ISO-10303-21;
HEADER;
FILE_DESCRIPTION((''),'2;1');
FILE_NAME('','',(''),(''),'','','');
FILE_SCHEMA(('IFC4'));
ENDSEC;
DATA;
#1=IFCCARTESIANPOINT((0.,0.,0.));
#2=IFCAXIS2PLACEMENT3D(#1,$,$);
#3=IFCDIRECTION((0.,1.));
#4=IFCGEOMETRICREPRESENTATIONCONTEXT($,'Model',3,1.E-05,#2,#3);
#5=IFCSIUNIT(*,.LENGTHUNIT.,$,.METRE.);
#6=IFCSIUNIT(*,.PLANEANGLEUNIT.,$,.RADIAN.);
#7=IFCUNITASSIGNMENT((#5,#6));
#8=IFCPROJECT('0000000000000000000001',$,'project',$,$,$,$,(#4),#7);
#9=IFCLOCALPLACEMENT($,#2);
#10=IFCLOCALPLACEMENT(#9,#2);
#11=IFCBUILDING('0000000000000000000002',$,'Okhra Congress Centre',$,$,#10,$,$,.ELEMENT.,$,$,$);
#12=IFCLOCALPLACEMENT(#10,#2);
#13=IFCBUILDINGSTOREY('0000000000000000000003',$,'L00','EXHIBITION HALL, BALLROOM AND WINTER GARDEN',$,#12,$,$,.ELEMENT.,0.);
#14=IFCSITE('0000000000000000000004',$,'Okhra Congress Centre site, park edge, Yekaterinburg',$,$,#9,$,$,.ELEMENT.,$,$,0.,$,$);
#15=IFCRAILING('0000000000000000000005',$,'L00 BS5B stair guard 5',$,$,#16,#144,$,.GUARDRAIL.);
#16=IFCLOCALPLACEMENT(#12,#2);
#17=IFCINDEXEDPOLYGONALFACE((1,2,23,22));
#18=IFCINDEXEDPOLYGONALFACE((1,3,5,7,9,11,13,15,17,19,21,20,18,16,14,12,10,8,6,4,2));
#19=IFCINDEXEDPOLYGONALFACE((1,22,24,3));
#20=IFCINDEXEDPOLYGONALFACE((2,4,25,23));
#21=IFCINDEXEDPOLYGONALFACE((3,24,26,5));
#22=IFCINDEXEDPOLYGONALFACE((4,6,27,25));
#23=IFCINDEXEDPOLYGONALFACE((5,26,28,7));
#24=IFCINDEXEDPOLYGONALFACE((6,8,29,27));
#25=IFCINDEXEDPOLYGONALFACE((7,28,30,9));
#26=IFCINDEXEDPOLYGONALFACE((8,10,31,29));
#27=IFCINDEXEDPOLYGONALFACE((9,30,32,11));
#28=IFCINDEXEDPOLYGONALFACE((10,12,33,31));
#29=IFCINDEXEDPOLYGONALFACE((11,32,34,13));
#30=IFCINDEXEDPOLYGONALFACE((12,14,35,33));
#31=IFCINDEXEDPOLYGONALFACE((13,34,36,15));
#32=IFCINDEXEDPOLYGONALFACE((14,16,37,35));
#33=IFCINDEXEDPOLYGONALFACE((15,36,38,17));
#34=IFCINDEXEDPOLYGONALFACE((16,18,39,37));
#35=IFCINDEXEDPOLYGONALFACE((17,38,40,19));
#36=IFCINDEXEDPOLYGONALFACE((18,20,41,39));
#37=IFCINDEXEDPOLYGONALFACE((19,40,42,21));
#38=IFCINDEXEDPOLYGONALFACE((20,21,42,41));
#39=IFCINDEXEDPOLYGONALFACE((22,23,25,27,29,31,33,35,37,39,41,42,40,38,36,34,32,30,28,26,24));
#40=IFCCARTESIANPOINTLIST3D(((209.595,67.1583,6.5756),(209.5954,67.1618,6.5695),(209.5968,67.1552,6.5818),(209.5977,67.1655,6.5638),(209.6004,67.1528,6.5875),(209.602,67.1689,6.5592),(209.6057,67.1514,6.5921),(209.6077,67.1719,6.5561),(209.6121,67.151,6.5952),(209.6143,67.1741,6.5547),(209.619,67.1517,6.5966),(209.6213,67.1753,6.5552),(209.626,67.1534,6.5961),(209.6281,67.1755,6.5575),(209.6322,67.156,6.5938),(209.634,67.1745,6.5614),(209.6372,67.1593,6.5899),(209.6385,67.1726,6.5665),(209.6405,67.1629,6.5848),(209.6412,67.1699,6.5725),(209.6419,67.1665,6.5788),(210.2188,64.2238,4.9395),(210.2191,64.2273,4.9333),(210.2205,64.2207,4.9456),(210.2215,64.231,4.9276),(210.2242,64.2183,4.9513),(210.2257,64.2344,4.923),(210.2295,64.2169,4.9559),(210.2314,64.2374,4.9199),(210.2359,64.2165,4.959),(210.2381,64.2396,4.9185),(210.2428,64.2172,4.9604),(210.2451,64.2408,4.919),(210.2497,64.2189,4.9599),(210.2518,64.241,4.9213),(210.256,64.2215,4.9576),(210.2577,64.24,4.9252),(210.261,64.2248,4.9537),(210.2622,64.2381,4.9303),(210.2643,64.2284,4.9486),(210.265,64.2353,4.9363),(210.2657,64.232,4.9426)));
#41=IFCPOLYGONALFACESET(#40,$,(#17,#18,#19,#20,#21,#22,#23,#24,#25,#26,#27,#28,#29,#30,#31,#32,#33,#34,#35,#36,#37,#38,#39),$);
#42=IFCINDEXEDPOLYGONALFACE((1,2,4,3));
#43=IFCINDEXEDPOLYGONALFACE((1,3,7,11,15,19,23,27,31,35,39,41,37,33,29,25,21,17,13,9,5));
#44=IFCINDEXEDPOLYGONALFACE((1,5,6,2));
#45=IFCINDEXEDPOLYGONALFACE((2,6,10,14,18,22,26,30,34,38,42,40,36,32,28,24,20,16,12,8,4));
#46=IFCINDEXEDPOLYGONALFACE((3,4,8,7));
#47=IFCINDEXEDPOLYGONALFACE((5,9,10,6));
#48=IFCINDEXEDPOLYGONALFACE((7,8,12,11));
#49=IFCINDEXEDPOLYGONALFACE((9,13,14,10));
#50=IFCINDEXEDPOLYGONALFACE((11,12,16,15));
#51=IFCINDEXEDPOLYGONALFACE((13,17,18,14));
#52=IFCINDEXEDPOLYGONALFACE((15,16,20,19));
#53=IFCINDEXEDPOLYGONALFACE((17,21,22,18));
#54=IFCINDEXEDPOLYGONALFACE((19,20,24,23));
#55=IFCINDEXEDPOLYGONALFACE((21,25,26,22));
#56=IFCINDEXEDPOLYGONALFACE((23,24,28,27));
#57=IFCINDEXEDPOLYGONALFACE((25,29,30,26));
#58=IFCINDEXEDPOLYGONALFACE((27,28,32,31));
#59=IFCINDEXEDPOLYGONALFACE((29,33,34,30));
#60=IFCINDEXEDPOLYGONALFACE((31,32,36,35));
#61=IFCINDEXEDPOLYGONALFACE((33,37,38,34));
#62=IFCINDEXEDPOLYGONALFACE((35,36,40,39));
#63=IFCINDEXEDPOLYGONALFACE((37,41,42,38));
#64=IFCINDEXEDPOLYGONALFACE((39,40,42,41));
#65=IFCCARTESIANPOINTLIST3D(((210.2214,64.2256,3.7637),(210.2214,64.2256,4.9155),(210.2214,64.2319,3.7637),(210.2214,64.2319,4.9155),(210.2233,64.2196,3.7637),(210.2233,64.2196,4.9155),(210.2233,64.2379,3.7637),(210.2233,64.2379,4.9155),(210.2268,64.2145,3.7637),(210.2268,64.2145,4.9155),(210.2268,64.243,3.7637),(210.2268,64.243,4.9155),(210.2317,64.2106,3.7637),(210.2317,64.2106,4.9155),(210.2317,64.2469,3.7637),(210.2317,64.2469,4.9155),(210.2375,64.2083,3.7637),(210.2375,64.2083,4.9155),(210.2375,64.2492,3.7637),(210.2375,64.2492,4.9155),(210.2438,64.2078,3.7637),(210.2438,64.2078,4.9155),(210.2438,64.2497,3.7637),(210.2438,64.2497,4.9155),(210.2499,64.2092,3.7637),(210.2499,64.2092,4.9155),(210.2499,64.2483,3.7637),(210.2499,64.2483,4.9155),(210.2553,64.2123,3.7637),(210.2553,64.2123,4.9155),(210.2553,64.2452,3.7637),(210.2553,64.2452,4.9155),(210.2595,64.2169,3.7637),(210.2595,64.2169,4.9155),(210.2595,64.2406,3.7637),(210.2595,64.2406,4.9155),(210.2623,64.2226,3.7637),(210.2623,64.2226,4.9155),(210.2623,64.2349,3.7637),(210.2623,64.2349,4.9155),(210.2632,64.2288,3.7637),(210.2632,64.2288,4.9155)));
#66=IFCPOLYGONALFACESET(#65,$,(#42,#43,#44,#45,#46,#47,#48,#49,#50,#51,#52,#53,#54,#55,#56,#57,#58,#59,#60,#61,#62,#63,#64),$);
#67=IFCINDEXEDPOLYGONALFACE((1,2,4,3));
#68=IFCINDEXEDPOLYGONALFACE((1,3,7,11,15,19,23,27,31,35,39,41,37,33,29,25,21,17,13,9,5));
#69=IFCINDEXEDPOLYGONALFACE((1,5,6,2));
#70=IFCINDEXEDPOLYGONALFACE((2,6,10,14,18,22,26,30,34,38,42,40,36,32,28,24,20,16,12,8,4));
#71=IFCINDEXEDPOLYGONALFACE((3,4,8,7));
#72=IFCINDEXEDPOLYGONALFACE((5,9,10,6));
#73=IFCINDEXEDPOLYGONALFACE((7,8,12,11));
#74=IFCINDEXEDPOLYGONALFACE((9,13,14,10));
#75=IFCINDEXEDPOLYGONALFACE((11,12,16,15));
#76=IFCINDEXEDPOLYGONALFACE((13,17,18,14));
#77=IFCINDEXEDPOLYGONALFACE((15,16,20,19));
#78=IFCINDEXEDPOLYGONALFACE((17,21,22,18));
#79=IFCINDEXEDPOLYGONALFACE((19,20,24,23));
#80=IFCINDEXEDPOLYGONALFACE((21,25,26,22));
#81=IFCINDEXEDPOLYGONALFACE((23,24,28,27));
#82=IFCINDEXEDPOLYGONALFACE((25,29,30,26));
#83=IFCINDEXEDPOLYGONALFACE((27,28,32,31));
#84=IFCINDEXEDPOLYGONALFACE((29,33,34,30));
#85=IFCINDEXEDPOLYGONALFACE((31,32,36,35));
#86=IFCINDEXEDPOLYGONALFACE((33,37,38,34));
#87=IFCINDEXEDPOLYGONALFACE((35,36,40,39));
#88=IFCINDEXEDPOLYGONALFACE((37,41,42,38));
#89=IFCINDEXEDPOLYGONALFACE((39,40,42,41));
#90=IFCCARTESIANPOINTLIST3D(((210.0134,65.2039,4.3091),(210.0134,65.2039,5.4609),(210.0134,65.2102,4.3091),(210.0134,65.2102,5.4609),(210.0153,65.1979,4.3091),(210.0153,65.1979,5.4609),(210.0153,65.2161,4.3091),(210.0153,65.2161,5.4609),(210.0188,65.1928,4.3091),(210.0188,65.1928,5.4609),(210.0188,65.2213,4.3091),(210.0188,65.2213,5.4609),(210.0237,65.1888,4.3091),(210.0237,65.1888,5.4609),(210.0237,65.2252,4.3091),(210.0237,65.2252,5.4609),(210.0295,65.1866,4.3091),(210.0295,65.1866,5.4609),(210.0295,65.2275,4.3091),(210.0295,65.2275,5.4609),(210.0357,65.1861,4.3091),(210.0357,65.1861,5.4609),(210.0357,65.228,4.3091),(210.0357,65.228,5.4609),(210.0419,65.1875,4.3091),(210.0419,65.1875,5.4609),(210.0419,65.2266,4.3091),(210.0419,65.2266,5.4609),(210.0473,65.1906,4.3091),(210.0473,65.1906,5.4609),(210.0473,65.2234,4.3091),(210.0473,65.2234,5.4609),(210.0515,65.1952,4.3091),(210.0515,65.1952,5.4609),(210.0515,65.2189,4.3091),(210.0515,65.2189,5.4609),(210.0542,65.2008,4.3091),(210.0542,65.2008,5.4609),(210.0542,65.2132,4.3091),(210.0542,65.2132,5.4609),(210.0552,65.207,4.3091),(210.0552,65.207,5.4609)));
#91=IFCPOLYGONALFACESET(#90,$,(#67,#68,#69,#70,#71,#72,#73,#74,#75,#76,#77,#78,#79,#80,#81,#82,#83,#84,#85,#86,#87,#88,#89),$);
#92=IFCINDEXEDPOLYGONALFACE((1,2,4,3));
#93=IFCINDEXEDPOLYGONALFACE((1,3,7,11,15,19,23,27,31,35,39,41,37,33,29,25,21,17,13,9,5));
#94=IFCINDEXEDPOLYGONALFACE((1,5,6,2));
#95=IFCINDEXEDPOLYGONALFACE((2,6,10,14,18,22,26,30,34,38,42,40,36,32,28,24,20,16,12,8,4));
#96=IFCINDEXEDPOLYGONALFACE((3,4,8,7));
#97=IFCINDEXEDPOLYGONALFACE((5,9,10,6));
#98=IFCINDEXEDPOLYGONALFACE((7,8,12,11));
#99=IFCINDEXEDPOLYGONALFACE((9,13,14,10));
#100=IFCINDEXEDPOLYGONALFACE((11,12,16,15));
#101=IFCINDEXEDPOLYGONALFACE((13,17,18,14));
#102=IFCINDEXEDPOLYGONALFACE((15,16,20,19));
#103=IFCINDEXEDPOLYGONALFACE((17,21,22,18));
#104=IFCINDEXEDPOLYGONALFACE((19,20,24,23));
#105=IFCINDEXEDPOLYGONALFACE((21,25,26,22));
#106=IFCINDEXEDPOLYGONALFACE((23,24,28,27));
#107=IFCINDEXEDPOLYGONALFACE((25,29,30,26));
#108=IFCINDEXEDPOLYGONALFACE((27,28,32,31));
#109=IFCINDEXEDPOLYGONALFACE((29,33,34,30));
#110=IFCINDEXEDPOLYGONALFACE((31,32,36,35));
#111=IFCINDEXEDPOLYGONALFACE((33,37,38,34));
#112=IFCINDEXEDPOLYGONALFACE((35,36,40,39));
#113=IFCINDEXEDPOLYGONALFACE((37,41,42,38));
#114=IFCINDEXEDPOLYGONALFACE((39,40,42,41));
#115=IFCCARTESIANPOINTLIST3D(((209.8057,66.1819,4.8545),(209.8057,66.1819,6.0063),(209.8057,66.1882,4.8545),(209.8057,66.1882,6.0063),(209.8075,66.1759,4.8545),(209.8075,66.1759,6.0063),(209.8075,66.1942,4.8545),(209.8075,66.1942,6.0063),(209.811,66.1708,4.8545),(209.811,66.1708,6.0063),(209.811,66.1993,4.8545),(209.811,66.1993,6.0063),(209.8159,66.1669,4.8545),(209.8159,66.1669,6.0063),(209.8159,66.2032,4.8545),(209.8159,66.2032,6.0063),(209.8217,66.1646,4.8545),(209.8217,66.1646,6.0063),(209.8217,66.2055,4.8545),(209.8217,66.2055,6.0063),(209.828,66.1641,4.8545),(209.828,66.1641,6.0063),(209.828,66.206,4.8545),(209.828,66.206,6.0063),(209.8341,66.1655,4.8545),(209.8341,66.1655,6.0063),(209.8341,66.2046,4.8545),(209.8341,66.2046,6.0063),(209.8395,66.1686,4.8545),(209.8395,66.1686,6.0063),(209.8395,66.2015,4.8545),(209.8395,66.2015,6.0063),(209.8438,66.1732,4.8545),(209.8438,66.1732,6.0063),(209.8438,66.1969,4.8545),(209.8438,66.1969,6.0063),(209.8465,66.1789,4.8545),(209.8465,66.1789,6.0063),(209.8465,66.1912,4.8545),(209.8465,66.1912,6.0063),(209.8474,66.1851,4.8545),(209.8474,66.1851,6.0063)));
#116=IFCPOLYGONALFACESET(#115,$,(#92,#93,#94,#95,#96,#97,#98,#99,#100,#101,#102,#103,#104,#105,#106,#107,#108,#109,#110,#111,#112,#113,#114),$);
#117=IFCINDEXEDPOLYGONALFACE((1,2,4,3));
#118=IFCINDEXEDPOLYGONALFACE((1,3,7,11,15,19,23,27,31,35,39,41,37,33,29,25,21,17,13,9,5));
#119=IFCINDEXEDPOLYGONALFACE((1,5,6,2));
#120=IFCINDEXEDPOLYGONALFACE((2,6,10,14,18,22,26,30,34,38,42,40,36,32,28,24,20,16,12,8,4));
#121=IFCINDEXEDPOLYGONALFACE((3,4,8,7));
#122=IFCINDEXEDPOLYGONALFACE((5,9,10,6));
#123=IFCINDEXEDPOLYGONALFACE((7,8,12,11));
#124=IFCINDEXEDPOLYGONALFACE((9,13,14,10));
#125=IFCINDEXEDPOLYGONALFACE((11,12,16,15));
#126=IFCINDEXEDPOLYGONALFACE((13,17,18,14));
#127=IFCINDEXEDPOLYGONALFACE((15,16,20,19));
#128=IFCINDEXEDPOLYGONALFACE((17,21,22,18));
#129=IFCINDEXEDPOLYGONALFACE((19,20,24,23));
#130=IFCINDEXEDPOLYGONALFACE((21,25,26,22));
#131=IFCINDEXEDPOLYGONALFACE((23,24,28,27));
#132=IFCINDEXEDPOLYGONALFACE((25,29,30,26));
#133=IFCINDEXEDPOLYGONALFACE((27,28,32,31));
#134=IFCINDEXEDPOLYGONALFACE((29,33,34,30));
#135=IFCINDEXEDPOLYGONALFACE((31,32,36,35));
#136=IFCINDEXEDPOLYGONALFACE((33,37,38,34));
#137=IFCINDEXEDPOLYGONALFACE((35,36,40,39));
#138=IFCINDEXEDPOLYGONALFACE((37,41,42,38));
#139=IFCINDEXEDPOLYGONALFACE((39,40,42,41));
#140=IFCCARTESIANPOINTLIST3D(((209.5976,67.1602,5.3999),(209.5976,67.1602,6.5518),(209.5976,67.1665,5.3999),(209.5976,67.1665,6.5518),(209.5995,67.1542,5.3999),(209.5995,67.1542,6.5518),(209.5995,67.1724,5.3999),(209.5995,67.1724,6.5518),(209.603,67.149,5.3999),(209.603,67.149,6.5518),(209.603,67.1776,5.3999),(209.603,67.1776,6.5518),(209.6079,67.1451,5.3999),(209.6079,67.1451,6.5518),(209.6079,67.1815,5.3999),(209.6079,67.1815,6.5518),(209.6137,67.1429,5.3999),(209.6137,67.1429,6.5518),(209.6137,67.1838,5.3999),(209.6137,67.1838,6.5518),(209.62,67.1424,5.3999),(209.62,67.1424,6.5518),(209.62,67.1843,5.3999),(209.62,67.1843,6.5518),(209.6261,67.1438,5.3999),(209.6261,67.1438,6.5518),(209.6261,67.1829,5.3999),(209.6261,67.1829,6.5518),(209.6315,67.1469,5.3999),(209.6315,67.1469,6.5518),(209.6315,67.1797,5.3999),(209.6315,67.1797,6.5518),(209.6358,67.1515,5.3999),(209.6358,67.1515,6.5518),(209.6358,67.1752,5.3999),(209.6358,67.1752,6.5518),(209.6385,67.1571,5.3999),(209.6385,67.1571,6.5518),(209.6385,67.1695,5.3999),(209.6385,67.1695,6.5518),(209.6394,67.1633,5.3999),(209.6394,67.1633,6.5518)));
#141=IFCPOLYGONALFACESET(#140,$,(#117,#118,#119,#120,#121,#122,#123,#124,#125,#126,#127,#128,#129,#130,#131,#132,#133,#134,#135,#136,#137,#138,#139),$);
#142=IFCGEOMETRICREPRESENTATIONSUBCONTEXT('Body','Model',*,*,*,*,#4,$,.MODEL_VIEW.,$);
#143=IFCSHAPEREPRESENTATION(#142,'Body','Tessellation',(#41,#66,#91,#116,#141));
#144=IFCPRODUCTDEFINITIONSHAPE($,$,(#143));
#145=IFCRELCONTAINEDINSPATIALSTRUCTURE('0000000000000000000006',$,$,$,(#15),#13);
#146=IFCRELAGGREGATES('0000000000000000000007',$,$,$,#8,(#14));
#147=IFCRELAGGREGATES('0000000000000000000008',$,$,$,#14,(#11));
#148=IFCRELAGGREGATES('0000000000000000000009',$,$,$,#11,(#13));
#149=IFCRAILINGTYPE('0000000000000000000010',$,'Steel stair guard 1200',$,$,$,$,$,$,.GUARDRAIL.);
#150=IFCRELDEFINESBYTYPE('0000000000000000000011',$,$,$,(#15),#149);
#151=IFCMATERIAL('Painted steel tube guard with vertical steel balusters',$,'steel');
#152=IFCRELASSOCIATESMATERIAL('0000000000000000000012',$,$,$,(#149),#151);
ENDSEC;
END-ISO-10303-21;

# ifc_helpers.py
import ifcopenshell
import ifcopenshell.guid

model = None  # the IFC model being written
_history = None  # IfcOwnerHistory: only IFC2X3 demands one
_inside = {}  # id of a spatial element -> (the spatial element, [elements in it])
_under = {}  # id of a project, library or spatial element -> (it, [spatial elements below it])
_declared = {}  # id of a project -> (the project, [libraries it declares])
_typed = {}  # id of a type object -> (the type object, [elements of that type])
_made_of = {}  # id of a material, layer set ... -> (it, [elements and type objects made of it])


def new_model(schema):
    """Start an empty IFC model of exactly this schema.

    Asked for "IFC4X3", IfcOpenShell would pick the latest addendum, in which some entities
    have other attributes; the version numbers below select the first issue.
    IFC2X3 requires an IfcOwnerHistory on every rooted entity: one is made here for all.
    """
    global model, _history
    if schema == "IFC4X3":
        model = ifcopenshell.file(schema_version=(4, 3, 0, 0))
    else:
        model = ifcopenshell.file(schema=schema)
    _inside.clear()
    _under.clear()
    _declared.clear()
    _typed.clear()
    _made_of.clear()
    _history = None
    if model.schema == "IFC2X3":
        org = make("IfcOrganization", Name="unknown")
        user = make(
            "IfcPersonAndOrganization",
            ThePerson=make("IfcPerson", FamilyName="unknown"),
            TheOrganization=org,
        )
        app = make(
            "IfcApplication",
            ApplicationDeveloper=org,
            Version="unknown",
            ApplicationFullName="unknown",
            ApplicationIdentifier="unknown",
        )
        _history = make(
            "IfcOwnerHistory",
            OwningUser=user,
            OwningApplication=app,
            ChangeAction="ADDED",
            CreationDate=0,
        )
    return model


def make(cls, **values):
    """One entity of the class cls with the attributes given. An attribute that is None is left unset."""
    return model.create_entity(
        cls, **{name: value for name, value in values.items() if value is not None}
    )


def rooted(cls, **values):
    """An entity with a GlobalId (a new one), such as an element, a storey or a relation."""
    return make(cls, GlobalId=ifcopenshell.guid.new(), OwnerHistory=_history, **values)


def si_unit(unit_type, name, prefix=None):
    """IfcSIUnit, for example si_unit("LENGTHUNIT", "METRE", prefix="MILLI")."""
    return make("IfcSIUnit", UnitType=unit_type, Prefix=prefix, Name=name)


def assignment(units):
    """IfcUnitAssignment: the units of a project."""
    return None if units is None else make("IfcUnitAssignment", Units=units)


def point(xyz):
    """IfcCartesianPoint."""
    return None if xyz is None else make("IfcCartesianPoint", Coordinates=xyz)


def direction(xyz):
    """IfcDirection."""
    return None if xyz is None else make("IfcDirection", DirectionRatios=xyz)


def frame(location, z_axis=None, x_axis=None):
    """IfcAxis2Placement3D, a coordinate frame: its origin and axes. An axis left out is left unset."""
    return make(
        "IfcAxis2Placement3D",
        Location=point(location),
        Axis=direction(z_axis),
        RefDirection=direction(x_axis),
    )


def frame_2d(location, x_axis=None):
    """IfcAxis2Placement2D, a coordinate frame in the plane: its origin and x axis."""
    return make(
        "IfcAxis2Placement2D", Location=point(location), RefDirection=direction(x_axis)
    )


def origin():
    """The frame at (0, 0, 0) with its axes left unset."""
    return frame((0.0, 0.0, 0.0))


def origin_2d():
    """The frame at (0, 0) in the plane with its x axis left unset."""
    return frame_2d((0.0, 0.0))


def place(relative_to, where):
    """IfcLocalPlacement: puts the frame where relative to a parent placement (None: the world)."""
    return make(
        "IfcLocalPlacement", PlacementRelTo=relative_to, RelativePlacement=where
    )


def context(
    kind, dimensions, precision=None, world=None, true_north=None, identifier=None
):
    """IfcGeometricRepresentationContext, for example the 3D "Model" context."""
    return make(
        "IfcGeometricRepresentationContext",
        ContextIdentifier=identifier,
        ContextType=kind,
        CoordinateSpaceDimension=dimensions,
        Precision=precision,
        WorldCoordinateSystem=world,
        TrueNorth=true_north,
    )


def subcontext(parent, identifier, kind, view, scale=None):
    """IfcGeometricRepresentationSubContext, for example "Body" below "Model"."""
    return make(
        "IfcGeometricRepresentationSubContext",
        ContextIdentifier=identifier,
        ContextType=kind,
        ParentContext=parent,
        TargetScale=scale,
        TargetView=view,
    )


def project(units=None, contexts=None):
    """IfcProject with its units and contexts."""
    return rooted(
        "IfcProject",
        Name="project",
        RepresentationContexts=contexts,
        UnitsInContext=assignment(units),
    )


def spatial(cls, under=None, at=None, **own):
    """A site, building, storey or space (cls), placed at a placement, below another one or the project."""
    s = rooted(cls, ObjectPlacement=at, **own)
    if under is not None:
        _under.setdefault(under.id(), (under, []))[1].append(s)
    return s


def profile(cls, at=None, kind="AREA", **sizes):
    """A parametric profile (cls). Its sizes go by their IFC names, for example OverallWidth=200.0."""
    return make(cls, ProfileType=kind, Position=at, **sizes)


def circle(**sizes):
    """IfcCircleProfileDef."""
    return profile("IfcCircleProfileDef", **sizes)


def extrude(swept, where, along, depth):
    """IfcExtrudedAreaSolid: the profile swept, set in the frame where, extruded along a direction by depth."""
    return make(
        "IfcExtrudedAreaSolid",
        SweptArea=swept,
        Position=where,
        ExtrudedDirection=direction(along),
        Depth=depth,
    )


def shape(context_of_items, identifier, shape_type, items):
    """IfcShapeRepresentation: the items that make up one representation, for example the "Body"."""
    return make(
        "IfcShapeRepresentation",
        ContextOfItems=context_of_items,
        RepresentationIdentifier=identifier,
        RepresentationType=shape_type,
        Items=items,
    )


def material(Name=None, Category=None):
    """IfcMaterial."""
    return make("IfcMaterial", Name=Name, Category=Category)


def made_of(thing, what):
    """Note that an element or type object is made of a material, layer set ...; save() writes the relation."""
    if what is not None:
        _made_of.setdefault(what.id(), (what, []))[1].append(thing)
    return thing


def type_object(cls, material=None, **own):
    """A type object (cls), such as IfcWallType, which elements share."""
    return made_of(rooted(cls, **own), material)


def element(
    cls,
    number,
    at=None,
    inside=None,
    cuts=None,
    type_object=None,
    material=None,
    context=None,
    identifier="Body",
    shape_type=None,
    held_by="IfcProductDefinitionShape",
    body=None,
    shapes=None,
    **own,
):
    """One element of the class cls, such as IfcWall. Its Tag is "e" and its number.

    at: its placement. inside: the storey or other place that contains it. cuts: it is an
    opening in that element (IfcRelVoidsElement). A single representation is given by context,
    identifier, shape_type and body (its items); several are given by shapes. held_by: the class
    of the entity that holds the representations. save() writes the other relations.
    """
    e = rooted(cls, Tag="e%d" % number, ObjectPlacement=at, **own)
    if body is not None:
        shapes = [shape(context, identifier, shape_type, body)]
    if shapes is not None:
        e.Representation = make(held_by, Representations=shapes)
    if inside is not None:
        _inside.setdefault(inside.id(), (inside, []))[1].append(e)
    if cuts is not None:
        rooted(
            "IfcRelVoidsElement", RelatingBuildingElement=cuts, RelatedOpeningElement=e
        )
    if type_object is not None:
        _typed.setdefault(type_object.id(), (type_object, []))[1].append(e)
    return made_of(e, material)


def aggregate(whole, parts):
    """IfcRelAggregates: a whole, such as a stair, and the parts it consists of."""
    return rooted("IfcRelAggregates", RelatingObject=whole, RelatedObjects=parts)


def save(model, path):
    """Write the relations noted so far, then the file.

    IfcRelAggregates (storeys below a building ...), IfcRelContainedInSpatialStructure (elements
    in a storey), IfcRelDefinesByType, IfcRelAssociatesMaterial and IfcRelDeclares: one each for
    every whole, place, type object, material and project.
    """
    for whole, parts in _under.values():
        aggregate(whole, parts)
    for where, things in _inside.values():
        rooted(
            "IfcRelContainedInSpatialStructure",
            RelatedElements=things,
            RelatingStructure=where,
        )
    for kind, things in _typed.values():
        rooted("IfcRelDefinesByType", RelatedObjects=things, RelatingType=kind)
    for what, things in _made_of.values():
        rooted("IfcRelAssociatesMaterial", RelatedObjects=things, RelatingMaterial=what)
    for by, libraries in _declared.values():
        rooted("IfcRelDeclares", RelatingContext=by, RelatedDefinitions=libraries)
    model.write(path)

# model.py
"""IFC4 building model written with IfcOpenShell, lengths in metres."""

from ifc_helpers import new_model, si_unit, direction, frame, origin, origin_2d, place, context, subcontext, project, spatial, circle, extrude, material, type_object, element, save


model = new_model("IFC4")

# Units and contexts
model_context = context("Model", 3, precision=1e-05, world=origin(), true_north=direction((0.0, 1.0)))
body_context = subcontext(model_context, "Body", "Model", "MODEL_VIEW")
ifc_project = project(units=[si_unit("LENGTHUNIT", "METRE"), si_unit("PLANEANGLEUNIT", "RADIAN")], contexts=[model_context])

# Site, building, storey
site_placement = place(None, origin())
site = spatial("IfcSite", under=ifc_project, at=site_placement, Name="Okhra Congress Centre site, park edge, Yekaterinburg", CompositionType="ELEMENT", RefElevation=0.0)
building_placement = place(site_placement, origin())
building = spatial("IfcBuilding", under=site, at=building_placement, Name="Okhra Congress Centre", CompositionType="ELEMENT")
storey_placement = place(building_placement, origin())
storey = spatial("IfcBuildingStorey", under=building, at=storey_placement, Name="L00", Description="EXHIBITION HALL, BALLROOM AND WINTER GARDEN", CompositionType="ELEMENT", Elevation=0.0)

# Railing
ifc_material_1 = material(Name="Painted steel tube guard with vertical steel balusters", Category="steel")
railing_type_1 = type_object("IfcRailingType", Name="Steel stair guard 1200", PredefinedType="GUARDRAIL", material=ifc_material_1)
railing_1_placement = place(storey_placement, frame((210.2422, 64.2288, 3.7637)))
element("IfcRailing", 1, at=railing_1_placement, inside=storey, type_object=railing_type_1, Name="L00 BS5B stair guard 5", PredefinedType="GUARDRAIL", context=body_context, shape_type="SweptSolid", body=[
    extrude(circle(Radius=0.0239, at=origin_2d()), frame((0.0, 0.0, 1.1758), z_axis=(-0.182535, 0.858735, 0.478806), x_axis=(-0.978146, -0.207917, 0.0)), (0.0, 0.0, 1.0), 3.4172),
    extrude(circle(Radius=0.021, at=origin_2d()), origin(), (0.0, 0.0, 1.0), 1.1519),
    extrude(circle(Radius=0.021, at=origin_2d()), frame((-0.208, 0.9783, 0.5454)), (0.0, 0.0, 1.0), 1.1519),
    extrude(circle(Radius=0.021, at=origin_2d()), frame((-0.4158, 1.9563, 1.0908)), (0.0, 0.0, 1.0), 1.1519),
    extrude(circle(Radius=0.021, at=origin_2d()), frame((-0.6238, 2.9346, 1.6362)), (0.0, 0.0, 1.0), 1.1519),
])

save(model, "model.ifc")
